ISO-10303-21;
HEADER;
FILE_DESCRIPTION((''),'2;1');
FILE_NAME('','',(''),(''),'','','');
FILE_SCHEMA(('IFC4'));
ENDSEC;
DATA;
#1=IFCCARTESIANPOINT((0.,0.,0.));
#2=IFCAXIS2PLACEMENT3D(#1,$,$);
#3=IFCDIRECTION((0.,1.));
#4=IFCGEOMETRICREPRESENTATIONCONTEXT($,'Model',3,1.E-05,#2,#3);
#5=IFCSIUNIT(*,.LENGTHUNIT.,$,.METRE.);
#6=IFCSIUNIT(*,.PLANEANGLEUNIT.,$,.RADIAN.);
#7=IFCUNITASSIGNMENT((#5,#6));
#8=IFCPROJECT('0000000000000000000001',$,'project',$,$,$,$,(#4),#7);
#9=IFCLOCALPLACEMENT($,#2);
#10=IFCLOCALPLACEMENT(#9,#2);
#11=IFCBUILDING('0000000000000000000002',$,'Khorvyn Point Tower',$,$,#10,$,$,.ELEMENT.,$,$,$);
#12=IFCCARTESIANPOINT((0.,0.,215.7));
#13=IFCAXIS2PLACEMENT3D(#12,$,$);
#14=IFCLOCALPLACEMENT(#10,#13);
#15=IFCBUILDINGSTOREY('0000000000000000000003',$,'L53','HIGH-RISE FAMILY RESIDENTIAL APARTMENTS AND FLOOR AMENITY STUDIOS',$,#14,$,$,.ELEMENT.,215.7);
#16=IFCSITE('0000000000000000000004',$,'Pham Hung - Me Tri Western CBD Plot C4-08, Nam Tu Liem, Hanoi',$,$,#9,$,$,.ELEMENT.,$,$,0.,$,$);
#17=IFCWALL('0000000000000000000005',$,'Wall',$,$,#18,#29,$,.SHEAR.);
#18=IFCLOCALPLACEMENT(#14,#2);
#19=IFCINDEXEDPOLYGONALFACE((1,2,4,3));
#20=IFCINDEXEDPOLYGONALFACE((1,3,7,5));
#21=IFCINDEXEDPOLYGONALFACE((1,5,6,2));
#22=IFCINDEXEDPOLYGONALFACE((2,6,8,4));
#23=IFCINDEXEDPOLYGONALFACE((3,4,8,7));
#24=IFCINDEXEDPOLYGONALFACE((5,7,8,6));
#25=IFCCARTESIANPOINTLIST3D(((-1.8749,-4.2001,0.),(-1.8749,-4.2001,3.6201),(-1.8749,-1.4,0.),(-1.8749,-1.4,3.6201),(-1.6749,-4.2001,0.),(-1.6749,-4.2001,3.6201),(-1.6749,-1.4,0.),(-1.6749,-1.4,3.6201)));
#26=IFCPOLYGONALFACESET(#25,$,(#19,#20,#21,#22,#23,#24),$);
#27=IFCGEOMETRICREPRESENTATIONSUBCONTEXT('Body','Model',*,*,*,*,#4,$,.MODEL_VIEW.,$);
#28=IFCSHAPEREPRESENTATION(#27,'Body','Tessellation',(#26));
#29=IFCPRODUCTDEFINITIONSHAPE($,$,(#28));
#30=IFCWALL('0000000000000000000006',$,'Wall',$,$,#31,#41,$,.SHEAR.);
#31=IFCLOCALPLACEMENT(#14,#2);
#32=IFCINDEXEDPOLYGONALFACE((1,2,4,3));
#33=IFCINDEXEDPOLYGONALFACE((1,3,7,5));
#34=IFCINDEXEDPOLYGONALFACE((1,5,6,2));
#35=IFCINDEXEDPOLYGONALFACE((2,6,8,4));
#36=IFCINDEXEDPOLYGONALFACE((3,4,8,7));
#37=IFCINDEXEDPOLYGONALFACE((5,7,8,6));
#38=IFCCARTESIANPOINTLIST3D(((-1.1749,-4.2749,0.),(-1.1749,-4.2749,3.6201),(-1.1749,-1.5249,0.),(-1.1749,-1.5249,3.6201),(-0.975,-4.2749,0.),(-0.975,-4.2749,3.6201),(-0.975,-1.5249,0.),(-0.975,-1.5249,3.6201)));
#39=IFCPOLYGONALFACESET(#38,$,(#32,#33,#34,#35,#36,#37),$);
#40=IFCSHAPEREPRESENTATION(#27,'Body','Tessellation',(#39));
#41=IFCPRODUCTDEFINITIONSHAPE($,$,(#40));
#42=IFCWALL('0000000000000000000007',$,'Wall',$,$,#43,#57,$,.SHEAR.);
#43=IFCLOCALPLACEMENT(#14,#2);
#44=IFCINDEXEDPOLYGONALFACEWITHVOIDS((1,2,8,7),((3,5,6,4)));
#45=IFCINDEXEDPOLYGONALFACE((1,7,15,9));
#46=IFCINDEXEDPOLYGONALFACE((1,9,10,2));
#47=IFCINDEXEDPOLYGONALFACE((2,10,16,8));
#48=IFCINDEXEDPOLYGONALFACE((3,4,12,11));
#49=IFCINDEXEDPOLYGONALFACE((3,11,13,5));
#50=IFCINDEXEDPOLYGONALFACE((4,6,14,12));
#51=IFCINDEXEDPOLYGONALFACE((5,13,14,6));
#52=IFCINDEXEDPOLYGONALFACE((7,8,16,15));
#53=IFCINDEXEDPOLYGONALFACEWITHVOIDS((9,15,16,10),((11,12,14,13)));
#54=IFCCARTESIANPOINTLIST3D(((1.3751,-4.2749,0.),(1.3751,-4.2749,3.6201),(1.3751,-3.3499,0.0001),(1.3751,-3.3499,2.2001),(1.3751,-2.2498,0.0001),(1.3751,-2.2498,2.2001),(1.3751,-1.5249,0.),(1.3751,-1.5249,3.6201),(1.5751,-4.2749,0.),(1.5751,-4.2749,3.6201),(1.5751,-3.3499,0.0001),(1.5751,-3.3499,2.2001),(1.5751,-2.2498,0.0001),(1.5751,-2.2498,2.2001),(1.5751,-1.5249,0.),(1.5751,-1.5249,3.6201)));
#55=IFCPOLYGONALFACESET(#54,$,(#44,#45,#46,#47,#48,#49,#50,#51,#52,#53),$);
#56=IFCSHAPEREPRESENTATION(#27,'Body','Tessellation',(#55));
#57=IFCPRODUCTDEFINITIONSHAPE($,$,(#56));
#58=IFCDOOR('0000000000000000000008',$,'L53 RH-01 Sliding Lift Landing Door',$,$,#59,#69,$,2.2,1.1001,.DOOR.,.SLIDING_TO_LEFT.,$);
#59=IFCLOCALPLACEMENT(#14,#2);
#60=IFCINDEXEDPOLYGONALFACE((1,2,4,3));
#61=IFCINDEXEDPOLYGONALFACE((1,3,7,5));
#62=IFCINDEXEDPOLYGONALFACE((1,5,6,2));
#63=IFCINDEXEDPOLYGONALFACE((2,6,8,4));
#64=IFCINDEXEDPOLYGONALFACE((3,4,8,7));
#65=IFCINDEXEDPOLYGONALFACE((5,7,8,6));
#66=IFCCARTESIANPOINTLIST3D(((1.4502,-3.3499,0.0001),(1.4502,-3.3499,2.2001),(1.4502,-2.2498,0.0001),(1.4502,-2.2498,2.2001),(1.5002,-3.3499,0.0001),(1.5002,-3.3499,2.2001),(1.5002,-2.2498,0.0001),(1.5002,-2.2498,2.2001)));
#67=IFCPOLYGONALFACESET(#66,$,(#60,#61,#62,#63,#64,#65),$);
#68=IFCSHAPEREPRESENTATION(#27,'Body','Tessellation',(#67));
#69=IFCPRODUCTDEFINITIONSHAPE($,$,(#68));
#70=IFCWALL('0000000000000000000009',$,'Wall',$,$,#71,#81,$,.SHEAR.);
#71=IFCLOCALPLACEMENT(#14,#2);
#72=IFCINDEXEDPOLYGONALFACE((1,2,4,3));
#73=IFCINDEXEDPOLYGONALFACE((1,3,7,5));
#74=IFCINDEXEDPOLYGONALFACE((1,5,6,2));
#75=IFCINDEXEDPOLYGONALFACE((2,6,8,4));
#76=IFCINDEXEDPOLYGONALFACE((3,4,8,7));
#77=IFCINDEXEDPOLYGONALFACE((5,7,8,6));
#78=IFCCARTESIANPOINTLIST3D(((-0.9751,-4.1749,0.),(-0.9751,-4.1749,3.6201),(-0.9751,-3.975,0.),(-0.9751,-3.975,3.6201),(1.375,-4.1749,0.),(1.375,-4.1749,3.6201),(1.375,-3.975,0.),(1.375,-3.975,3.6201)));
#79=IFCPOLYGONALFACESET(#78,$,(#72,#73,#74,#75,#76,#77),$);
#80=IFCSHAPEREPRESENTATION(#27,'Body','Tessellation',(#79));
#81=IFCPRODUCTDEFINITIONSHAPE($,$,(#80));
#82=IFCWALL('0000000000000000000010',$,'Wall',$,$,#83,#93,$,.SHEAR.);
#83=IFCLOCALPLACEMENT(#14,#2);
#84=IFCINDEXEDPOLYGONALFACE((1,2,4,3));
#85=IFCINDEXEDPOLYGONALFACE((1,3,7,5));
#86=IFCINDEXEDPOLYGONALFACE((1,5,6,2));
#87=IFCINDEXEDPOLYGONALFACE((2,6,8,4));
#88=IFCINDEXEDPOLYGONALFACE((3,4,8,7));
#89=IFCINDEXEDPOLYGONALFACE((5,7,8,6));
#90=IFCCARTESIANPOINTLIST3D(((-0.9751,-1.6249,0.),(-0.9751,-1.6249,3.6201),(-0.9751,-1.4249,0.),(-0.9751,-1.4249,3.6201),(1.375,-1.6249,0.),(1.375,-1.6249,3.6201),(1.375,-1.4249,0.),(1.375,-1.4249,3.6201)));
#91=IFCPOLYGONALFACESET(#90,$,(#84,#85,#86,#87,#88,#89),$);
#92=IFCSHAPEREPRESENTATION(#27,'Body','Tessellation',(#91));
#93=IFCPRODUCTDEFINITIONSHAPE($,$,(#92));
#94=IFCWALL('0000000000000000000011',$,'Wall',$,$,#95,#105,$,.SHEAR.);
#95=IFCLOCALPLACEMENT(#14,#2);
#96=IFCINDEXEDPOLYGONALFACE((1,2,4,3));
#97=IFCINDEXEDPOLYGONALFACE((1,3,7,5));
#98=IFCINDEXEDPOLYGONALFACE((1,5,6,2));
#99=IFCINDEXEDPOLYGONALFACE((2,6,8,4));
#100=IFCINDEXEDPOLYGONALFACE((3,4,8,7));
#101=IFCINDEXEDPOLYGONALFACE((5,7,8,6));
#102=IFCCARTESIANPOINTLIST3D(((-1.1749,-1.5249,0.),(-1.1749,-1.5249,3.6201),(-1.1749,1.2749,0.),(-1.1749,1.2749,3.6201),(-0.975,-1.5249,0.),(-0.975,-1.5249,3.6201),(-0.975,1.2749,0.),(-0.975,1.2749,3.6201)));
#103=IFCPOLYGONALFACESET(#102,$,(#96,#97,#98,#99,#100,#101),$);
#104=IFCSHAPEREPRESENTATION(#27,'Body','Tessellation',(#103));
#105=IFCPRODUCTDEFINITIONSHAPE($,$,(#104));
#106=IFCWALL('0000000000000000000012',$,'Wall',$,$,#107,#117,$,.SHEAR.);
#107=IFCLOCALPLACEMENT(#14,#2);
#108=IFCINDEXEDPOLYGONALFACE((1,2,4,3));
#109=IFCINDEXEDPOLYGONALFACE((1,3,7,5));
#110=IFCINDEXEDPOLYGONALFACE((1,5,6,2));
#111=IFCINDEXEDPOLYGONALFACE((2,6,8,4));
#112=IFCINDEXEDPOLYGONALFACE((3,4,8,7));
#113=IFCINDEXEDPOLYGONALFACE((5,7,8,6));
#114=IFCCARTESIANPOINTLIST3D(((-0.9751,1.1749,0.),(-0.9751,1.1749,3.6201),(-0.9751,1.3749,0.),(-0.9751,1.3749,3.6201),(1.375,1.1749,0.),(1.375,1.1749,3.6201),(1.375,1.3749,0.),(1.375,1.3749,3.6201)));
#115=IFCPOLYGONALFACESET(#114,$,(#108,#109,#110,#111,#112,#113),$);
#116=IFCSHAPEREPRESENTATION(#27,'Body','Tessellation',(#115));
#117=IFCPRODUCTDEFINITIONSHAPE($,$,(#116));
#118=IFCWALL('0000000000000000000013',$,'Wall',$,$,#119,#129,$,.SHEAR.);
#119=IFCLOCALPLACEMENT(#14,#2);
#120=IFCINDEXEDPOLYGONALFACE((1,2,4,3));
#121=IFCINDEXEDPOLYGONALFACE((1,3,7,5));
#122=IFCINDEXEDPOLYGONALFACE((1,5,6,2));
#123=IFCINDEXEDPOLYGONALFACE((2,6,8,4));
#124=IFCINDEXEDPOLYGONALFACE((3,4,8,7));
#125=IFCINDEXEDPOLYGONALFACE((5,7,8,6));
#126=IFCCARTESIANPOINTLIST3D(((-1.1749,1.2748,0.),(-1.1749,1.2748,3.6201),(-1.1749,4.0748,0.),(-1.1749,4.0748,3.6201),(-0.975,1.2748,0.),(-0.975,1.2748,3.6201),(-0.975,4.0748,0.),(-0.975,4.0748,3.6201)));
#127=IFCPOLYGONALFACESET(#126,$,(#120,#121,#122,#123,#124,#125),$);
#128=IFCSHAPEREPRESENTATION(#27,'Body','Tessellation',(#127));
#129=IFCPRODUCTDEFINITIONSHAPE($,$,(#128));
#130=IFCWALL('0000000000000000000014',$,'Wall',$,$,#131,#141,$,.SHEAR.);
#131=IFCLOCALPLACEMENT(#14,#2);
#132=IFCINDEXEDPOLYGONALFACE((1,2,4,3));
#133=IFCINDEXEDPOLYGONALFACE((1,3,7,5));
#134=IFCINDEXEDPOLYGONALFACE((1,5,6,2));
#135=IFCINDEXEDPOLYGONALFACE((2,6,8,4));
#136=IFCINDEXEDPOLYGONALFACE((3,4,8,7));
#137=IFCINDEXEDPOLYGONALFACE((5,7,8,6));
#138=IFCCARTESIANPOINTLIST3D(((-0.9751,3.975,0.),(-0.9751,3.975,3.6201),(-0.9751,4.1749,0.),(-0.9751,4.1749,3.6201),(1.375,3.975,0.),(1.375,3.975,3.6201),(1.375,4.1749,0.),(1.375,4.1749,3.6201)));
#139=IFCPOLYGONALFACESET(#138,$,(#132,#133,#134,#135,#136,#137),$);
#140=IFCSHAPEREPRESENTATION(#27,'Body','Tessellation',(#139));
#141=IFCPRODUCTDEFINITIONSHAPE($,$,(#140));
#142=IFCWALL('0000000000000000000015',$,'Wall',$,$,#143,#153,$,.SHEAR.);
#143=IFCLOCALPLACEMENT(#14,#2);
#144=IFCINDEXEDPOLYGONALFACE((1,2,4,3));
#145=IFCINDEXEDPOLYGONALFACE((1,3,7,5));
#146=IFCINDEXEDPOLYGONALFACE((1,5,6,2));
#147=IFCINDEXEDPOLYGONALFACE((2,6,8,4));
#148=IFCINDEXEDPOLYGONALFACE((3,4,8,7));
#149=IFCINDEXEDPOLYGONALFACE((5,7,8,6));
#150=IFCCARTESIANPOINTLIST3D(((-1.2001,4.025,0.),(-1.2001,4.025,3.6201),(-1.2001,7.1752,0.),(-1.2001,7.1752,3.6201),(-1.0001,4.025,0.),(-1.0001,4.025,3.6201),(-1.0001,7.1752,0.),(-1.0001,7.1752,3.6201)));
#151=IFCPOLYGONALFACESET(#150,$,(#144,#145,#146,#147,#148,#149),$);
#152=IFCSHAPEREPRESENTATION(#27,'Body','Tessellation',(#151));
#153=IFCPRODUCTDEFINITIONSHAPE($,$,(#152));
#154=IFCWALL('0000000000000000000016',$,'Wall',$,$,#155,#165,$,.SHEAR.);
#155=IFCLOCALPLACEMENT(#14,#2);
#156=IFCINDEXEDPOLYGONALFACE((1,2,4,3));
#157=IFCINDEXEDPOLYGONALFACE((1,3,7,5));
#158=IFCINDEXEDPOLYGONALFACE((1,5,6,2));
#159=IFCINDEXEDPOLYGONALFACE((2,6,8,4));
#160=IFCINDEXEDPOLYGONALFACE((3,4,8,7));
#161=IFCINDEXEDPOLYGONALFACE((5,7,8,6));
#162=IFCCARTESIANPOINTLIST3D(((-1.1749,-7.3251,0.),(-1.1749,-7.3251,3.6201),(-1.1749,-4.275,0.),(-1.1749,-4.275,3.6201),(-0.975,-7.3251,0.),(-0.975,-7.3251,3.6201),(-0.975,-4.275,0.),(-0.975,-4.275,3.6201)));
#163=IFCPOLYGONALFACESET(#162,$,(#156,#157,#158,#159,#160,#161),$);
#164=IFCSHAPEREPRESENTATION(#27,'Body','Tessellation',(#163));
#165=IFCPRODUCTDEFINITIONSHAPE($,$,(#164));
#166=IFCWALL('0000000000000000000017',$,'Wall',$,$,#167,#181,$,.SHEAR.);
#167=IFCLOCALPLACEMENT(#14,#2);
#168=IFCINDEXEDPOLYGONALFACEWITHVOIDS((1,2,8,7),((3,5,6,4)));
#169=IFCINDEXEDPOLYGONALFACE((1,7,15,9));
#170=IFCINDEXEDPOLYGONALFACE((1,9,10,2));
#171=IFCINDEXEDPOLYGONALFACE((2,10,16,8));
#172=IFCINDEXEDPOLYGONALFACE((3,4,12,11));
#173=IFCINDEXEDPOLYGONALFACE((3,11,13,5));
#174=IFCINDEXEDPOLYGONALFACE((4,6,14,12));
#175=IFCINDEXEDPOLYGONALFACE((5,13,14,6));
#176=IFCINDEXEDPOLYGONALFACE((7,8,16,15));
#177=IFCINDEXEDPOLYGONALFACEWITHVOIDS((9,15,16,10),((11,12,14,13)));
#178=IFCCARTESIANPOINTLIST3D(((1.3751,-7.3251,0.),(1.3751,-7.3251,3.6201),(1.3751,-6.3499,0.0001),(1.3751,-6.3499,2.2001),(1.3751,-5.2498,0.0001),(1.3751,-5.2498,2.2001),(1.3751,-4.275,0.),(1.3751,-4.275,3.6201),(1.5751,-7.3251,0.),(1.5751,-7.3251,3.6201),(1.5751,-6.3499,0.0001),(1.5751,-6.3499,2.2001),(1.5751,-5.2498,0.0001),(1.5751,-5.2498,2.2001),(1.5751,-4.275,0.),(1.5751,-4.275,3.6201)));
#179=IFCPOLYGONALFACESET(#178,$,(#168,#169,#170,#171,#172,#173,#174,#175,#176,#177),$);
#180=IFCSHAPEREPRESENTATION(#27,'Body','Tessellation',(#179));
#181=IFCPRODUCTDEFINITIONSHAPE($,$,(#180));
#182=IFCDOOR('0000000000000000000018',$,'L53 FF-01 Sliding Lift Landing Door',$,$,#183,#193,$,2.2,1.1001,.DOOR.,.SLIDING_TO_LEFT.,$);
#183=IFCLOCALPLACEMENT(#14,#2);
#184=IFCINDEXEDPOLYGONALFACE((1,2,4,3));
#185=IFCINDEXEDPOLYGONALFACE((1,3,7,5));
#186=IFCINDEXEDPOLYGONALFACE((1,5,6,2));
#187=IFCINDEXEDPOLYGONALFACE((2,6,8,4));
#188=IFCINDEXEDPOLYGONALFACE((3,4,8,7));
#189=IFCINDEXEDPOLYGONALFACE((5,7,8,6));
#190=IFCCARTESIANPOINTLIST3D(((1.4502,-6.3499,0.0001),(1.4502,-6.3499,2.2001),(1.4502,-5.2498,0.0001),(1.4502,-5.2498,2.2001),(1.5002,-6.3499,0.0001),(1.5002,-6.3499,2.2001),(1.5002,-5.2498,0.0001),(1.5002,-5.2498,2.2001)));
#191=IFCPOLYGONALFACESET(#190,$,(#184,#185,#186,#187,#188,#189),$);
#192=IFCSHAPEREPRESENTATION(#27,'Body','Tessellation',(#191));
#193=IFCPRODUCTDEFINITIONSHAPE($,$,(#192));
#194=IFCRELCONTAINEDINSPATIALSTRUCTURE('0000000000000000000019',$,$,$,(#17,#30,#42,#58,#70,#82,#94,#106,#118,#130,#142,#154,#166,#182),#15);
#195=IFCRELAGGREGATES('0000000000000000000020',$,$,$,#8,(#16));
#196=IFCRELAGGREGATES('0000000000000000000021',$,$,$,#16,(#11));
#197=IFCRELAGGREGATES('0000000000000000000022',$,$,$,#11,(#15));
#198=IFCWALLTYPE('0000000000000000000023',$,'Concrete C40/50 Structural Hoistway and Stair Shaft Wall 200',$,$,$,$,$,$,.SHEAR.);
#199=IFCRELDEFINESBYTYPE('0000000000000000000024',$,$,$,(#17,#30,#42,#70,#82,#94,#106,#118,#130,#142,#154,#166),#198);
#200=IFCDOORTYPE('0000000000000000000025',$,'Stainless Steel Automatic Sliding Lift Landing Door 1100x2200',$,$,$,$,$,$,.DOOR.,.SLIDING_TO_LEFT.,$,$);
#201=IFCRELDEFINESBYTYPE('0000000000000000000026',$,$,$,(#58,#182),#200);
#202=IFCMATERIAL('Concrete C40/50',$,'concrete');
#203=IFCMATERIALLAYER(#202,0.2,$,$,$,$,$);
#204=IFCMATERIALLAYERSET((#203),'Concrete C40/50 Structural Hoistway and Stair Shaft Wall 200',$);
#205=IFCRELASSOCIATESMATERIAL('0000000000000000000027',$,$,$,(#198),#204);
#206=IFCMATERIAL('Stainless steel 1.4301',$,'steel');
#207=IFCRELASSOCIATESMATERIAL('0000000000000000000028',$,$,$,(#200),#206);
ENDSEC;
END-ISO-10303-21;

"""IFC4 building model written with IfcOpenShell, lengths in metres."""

from ifc_helpers import new_model, si_unit, direction, frame, frame_2d, origin, place, context, subcontext, project, spatial, rectangle, extrude, material, layer, layer_set, type_object, element, fill, save


model = new_model("IFC4")

# Units and contexts
model_context = context("Model", 3, precision=1e-05, world=origin(), true_north=direction((0.0, 1.0)))
body_context = subcontext(model_context, "Body", "Model", "MODEL_VIEW")
ifc_project = project(units=[si_unit("LENGTHUNIT", "METRE"), si_unit("PLANEANGLEUNIT", "RADIAN")], contexts=[model_context])

# Site, building, storey
site_placement = place(None, origin())
site = spatial("IfcSite", under=ifc_project, at=site_placement, Name="Pham Hung - Me Tri Western CBD Plot C4-08, Nam Tu Liem, Hanoi", CompositionType="ELEMENT", RefElevation=0.0)
building_placement = place(site_placement, origin())
building = spatial("IfcBuilding", under=site, at=building_placement, Name="Khorvyn Point Tower", CompositionType="ELEMENT")
storey_placement = place(building_placement, frame((0.0, 0.0, 215.7)))
storey = spatial("IfcBuildingStorey", under=building, at=storey_placement, Name="L53", Description="HIGH-RISE FAMILY RESIDENTIAL APARTMENTS AND FLOOR AMENITY STUDIOS", CompositionType="ELEMENT", Elevation=215.7)

# Shared definitions
ifc_material_1 = material(Name="Concrete C40/50", Category="concrete")

# Walls
ifc_layer_1 = layer(ifc_material_1, 0.2)
ifc_layer_set_1 = layer_set([ifc_layer_1], Name="Concrete C40/50 Structural Hoistway and Stair Shaft Wall 200")
wall_type_1 = type_object("IfcWallType", Name="Concrete C40/50 Structural Hoistway and Stair Shaft Wall 200", PredefinedType="SHEAR", material=ifc_layer_set_1)
for number, where, z_axis, x_axis, name in (
    (1, (-1.7749, -4.2, 0.0), (0.0, 0.0, 1.0), (0.0, 1.0, 0.0), "Wall"),
):
    element("IfcWall", number, at=place(storey_placement, frame(where, z_axis=z_axis, x_axis=x_axis)), inside=storey, type_object=wall_type_1, Name=name, PredefinedType="SHEAR", context=body_context, shape_type="SweptSolid", body=[
        extrude(rectangle(XDim=2.8, YDim=0.2, at=frame_2d((1.3999, 0.0))), origin(), (0.0, 0.0, 1.0), 3.6201),
    ])
wall_1_placement = place(storey_placement, frame((-1.075, -4.2749, 0.0), z_axis=(0.0, 0.0, 1.0), x_axis=(0.0, 1.0, 0.0)))
element("IfcWall", 2, at=wall_1_placement, inside=storey, type_object=wall_type_1, Name="Wall", PredefinedType="SHEAR", context=body_context, shape_type="SweptSolid", body=[
    extrude(rectangle(XDim=2.75, YDim=0.2, at=frame_2d((1.375, 0.0))), origin(), (0.0, 0.0, 1.0), 3.6201),
])

# Wall, opening, door
wall_2_placement = place(storey_placement, frame((1.4751, -4.2749, 0.0), z_axis=(0.0, 0.0, 1.0), x_axis=(0.0, 1.0, 0.0)))
wall_2 = element("IfcWall", 3, at=wall_2_placement, inside=storey, type_object=wall_type_1, Name="Wall", PredefinedType="SHEAR", context=body_context, shape_type="SweptSolid", body=[
    extrude(rectangle(XDim=2.75, YDim=0.2, at=frame_2d((1.375, 0.0))), origin(), (0.0, 0.0, 1.0), 3.6201),
])
opening_1_placement = place(wall_2_placement, frame((0.925, 0.0, 0.0)))
opening_1 = element("IfcOpeningElement", 4, at=opening_1_placement, cuts=wall_2, PredefinedType="OPENING", context=body_context, shape_type="SweptSolid", body=[
    extrude(rectangle(XDim=1.1001, YDim=2.2, at=frame_2d((0.55, 1.1001))), frame((0.0, 0.1099, 0.0), z_axis=(0.0, -1.0, 0.0), x_axis=(1.0, 0.0, 0.0)), (0.0, 0.0, 1.0), 0.22),
])
ifc_material_2 = material(Name="Stainless steel 1.4301", Category="steel")
door_type = type_object("IfcDoorType", Name="Stainless Steel Automatic Sliding Lift Landing Door 1100x2200", OperationType="SLIDING_TO_LEFT", PredefinedType="DOOR", material=ifc_material_2)
door_1_placement = place(opening_1_placement, origin())
door_1 = element("IfcDoor", 5, at=door_1_placement, inside=storey, type_object=door_type, Name="L53 RH-01 Sliding Lift Landing Door", OperationType="SLIDING_TO_LEFT", OverallHeight=2.2, OverallWidth=1.1001, PredefinedType="DOOR", context=body_context, shape_type="SweptSolid", body=[
    extrude(rectangle(XDim=1.1001, YDim=2.2, at=frame_2d((0.55, 1.1001))), frame((0.0, 0.0249, 0.0), z_axis=(0.0, -1.0, 0.0), x_axis=(1.0, 0.0, 0.0)), (0.0, 0.0, 1.0), 0.05),
])
fill(opening_1, door_1)

# Walls
for number, where, z_axis, x_axis, name in (
    (6, (-0.9751, -4.075, 0.0), (0.0, 0.0, 1.0), (1.0, 0.0, 0.0), "Wall"),
    (7, (-0.9751, -1.5249, 0.0), (0.0, 0.0, 1.0), (1.0, 0.0, 0.0), "Wall"),
):
    element("IfcWall", number, at=place(storey_placement, frame(where, z_axis=z_axis, x_axis=x_axis)), inside=storey, type_object=wall_type_1, Name=name, PredefinedType="SHEAR", context=body_context, shape_type="SweptSolid", body=[
        extrude(rectangle(XDim=2.3501, YDim=0.2, at=frame_2d((1.175, 0.0))), origin(), (0.0, 0.0, 1.0), 3.6201),
    ])
wall_3_placement = place(storey_placement, frame((-1.075, -1.5249, 0.0), z_axis=(0.0, 0.0, 1.0), x_axis=(0.0, 1.0, 0.0)))
element("IfcWall", 8, at=wall_3_placement, inside=storey, type_object=wall_type_1, Name="Wall", PredefinedType="SHEAR", context=body_context, shape_type="SweptSolid", body=[
    extrude(rectangle(XDim=2.7998, YDim=0.2, at=frame_2d((1.3999, 0.0))), origin(), (0.0, 0.0, 1.0), 3.6201),
])
wall_4_placement = place(storey_placement, frame((-0.9751, 1.2749, 0.0), z_axis=(0.0, 0.0, 1.0), x_axis=(1.0, 0.0, 0.0)))
element("IfcWall", 9, at=wall_4_placement, inside=storey, type_object=wall_type_1, Name="Wall", PredefinedType="SHEAR", context=body_context, shape_type="SweptSolid", body=[
    extrude(rectangle(XDim=2.3501, YDim=0.2, at=frame_2d((1.175, 0.0))), origin(), (0.0, 0.0, 1.0), 3.6201),
])
wall_5_placement = place(storey_placement, frame((-1.075, 1.2749, 0.0), z_axis=(0.0, 0.0, 1.0), x_axis=(0.0, 1.0, 0.0)))
element("IfcWall", 10, at=wall_5_placement, inside=storey, type_object=wall_type_1, Name="Wall", PredefinedType="SHEAR", context=body_context, shape_type="SweptSolid", body=[
    extrude(rectangle(XDim=2.8, YDim=0.2, at=frame_2d((1.3999, 0.0))), origin(), (0.0, 0.0, 1.0), 3.6201),
])
wall_6_placement = place(storey_placement, frame((-0.9751, 4.075, 0.0), z_axis=(0.0, 0.0, 1.0), x_axis=(1.0, 0.0, 0.0)))
element("IfcWall", 11, at=wall_6_placement, inside=storey, type_object=wall_type_1, Name="Wall", PredefinedType="SHEAR", context=body_context, shape_type="SweptSolid", body=[
    extrude(rectangle(XDim=2.3501, YDim=0.2, at=frame_2d((1.175, 0.0))), origin(), (0.0, 0.0, 1.0), 3.6201),
])
wall_7_placement = place(storey_placement, frame((-1.1001, 4.0249, 0.0), z_axis=(0.0, 0.0, 1.0), x_axis=(0.0, 1.0, 0.0)))
element("IfcWall", 12, at=wall_7_placement, inside=storey, type_object=wall_type_1, Name="Wall", PredefinedType="SHEAR", context=body_context, shape_type="SweptSolid", body=[
    extrude(rectangle(XDim=3.1501, YDim=0.2, at=frame_2d((1.5752, 0.0))), origin(), (0.0, 0.0, 1.0), 3.6201),
])
wall_8_placement = place(storey_placement, frame((-1.075, -7.325, 0.0), z_axis=(0.0, 0.0, 1.0), x_axis=(0.0, 1.0, 0.0)))
element("IfcWall", 13, at=wall_8_placement, inside=storey, type_object=wall_type_1, Name="Wall", PredefinedType="SHEAR", context=body_context, shape_type="SweptSolid", body=[
    extrude(rectangle(XDim=3.05, YDim=0.2, at=frame_2d((1.5249, 0.0))), origin(), (0.0, 0.0, 1.0), 3.6201),
])

# Wall, opening, door
wall_9_placement = place(storey_placement, frame((1.4751, -7.325, 0.0), z_axis=(0.0, 0.0, 1.0), x_axis=(0.0, 1.0, 0.0)))
wall_9 = element("IfcWall", 14, at=wall_9_placement, inside=storey, type_object=wall_type_1, Name="Wall", PredefinedType="SHEAR", context=body_context, shape_type="SweptSolid", body=[
    extrude(rectangle(XDim=3.05, YDim=0.2, at=frame_2d((1.5249, 0.0))), origin(), (0.0, 0.0, 1.0), 3.6201),
])
opening_2_placement = place(wall_9_placement, frame((0.9751, 0.0, 0.0)))
opening_2 = element("IfcOpeningElement", 15, at=opening_2_placement, cuts=wall_9, PredefinedType="OPENING", context=body_context, shape_type="SweptSolid", body=[
    extrude(rectangle(XDim=1.1001, YDim=2.2, at=frame_2d((0.55, 1.1001))), frame((0.0, 0.1099, 0.0), z_axis=(0.0, -1.0, 0.0), x_axis=(1.0, 0.0, 0.0)), (0.0, 0.0, 1.0), 0.22),
])
door_2_placement = place(opening_2_placement, origin())
door_2 = element("IfcDoor", 16, at=door_2_placement, inside=storey, type_object=door_type, Name="L53 FF-01 Sliding Lift Landing Door", OperationType="SLIDING_TO_LEFT", OverallHeight=2.2, OverallWidth=1.1001, PredefinedType="DOOR", context=body_context, shape_type="SweptSolid", body=[
    extrude(rectangle(XDim=1.1001, YDim=2.2, at=frame_2d((0.55, 1.1001))), frame((0.0, 0.0249, 0.0), z_axis=(0.0, -1.0, 0.0), x_axis=(1.0, 0.0, 0.0)), (0.0, 0.0, 1.0), 0.05),
])
fill(opening_2, door_2)

save(model, "model.ifc")
